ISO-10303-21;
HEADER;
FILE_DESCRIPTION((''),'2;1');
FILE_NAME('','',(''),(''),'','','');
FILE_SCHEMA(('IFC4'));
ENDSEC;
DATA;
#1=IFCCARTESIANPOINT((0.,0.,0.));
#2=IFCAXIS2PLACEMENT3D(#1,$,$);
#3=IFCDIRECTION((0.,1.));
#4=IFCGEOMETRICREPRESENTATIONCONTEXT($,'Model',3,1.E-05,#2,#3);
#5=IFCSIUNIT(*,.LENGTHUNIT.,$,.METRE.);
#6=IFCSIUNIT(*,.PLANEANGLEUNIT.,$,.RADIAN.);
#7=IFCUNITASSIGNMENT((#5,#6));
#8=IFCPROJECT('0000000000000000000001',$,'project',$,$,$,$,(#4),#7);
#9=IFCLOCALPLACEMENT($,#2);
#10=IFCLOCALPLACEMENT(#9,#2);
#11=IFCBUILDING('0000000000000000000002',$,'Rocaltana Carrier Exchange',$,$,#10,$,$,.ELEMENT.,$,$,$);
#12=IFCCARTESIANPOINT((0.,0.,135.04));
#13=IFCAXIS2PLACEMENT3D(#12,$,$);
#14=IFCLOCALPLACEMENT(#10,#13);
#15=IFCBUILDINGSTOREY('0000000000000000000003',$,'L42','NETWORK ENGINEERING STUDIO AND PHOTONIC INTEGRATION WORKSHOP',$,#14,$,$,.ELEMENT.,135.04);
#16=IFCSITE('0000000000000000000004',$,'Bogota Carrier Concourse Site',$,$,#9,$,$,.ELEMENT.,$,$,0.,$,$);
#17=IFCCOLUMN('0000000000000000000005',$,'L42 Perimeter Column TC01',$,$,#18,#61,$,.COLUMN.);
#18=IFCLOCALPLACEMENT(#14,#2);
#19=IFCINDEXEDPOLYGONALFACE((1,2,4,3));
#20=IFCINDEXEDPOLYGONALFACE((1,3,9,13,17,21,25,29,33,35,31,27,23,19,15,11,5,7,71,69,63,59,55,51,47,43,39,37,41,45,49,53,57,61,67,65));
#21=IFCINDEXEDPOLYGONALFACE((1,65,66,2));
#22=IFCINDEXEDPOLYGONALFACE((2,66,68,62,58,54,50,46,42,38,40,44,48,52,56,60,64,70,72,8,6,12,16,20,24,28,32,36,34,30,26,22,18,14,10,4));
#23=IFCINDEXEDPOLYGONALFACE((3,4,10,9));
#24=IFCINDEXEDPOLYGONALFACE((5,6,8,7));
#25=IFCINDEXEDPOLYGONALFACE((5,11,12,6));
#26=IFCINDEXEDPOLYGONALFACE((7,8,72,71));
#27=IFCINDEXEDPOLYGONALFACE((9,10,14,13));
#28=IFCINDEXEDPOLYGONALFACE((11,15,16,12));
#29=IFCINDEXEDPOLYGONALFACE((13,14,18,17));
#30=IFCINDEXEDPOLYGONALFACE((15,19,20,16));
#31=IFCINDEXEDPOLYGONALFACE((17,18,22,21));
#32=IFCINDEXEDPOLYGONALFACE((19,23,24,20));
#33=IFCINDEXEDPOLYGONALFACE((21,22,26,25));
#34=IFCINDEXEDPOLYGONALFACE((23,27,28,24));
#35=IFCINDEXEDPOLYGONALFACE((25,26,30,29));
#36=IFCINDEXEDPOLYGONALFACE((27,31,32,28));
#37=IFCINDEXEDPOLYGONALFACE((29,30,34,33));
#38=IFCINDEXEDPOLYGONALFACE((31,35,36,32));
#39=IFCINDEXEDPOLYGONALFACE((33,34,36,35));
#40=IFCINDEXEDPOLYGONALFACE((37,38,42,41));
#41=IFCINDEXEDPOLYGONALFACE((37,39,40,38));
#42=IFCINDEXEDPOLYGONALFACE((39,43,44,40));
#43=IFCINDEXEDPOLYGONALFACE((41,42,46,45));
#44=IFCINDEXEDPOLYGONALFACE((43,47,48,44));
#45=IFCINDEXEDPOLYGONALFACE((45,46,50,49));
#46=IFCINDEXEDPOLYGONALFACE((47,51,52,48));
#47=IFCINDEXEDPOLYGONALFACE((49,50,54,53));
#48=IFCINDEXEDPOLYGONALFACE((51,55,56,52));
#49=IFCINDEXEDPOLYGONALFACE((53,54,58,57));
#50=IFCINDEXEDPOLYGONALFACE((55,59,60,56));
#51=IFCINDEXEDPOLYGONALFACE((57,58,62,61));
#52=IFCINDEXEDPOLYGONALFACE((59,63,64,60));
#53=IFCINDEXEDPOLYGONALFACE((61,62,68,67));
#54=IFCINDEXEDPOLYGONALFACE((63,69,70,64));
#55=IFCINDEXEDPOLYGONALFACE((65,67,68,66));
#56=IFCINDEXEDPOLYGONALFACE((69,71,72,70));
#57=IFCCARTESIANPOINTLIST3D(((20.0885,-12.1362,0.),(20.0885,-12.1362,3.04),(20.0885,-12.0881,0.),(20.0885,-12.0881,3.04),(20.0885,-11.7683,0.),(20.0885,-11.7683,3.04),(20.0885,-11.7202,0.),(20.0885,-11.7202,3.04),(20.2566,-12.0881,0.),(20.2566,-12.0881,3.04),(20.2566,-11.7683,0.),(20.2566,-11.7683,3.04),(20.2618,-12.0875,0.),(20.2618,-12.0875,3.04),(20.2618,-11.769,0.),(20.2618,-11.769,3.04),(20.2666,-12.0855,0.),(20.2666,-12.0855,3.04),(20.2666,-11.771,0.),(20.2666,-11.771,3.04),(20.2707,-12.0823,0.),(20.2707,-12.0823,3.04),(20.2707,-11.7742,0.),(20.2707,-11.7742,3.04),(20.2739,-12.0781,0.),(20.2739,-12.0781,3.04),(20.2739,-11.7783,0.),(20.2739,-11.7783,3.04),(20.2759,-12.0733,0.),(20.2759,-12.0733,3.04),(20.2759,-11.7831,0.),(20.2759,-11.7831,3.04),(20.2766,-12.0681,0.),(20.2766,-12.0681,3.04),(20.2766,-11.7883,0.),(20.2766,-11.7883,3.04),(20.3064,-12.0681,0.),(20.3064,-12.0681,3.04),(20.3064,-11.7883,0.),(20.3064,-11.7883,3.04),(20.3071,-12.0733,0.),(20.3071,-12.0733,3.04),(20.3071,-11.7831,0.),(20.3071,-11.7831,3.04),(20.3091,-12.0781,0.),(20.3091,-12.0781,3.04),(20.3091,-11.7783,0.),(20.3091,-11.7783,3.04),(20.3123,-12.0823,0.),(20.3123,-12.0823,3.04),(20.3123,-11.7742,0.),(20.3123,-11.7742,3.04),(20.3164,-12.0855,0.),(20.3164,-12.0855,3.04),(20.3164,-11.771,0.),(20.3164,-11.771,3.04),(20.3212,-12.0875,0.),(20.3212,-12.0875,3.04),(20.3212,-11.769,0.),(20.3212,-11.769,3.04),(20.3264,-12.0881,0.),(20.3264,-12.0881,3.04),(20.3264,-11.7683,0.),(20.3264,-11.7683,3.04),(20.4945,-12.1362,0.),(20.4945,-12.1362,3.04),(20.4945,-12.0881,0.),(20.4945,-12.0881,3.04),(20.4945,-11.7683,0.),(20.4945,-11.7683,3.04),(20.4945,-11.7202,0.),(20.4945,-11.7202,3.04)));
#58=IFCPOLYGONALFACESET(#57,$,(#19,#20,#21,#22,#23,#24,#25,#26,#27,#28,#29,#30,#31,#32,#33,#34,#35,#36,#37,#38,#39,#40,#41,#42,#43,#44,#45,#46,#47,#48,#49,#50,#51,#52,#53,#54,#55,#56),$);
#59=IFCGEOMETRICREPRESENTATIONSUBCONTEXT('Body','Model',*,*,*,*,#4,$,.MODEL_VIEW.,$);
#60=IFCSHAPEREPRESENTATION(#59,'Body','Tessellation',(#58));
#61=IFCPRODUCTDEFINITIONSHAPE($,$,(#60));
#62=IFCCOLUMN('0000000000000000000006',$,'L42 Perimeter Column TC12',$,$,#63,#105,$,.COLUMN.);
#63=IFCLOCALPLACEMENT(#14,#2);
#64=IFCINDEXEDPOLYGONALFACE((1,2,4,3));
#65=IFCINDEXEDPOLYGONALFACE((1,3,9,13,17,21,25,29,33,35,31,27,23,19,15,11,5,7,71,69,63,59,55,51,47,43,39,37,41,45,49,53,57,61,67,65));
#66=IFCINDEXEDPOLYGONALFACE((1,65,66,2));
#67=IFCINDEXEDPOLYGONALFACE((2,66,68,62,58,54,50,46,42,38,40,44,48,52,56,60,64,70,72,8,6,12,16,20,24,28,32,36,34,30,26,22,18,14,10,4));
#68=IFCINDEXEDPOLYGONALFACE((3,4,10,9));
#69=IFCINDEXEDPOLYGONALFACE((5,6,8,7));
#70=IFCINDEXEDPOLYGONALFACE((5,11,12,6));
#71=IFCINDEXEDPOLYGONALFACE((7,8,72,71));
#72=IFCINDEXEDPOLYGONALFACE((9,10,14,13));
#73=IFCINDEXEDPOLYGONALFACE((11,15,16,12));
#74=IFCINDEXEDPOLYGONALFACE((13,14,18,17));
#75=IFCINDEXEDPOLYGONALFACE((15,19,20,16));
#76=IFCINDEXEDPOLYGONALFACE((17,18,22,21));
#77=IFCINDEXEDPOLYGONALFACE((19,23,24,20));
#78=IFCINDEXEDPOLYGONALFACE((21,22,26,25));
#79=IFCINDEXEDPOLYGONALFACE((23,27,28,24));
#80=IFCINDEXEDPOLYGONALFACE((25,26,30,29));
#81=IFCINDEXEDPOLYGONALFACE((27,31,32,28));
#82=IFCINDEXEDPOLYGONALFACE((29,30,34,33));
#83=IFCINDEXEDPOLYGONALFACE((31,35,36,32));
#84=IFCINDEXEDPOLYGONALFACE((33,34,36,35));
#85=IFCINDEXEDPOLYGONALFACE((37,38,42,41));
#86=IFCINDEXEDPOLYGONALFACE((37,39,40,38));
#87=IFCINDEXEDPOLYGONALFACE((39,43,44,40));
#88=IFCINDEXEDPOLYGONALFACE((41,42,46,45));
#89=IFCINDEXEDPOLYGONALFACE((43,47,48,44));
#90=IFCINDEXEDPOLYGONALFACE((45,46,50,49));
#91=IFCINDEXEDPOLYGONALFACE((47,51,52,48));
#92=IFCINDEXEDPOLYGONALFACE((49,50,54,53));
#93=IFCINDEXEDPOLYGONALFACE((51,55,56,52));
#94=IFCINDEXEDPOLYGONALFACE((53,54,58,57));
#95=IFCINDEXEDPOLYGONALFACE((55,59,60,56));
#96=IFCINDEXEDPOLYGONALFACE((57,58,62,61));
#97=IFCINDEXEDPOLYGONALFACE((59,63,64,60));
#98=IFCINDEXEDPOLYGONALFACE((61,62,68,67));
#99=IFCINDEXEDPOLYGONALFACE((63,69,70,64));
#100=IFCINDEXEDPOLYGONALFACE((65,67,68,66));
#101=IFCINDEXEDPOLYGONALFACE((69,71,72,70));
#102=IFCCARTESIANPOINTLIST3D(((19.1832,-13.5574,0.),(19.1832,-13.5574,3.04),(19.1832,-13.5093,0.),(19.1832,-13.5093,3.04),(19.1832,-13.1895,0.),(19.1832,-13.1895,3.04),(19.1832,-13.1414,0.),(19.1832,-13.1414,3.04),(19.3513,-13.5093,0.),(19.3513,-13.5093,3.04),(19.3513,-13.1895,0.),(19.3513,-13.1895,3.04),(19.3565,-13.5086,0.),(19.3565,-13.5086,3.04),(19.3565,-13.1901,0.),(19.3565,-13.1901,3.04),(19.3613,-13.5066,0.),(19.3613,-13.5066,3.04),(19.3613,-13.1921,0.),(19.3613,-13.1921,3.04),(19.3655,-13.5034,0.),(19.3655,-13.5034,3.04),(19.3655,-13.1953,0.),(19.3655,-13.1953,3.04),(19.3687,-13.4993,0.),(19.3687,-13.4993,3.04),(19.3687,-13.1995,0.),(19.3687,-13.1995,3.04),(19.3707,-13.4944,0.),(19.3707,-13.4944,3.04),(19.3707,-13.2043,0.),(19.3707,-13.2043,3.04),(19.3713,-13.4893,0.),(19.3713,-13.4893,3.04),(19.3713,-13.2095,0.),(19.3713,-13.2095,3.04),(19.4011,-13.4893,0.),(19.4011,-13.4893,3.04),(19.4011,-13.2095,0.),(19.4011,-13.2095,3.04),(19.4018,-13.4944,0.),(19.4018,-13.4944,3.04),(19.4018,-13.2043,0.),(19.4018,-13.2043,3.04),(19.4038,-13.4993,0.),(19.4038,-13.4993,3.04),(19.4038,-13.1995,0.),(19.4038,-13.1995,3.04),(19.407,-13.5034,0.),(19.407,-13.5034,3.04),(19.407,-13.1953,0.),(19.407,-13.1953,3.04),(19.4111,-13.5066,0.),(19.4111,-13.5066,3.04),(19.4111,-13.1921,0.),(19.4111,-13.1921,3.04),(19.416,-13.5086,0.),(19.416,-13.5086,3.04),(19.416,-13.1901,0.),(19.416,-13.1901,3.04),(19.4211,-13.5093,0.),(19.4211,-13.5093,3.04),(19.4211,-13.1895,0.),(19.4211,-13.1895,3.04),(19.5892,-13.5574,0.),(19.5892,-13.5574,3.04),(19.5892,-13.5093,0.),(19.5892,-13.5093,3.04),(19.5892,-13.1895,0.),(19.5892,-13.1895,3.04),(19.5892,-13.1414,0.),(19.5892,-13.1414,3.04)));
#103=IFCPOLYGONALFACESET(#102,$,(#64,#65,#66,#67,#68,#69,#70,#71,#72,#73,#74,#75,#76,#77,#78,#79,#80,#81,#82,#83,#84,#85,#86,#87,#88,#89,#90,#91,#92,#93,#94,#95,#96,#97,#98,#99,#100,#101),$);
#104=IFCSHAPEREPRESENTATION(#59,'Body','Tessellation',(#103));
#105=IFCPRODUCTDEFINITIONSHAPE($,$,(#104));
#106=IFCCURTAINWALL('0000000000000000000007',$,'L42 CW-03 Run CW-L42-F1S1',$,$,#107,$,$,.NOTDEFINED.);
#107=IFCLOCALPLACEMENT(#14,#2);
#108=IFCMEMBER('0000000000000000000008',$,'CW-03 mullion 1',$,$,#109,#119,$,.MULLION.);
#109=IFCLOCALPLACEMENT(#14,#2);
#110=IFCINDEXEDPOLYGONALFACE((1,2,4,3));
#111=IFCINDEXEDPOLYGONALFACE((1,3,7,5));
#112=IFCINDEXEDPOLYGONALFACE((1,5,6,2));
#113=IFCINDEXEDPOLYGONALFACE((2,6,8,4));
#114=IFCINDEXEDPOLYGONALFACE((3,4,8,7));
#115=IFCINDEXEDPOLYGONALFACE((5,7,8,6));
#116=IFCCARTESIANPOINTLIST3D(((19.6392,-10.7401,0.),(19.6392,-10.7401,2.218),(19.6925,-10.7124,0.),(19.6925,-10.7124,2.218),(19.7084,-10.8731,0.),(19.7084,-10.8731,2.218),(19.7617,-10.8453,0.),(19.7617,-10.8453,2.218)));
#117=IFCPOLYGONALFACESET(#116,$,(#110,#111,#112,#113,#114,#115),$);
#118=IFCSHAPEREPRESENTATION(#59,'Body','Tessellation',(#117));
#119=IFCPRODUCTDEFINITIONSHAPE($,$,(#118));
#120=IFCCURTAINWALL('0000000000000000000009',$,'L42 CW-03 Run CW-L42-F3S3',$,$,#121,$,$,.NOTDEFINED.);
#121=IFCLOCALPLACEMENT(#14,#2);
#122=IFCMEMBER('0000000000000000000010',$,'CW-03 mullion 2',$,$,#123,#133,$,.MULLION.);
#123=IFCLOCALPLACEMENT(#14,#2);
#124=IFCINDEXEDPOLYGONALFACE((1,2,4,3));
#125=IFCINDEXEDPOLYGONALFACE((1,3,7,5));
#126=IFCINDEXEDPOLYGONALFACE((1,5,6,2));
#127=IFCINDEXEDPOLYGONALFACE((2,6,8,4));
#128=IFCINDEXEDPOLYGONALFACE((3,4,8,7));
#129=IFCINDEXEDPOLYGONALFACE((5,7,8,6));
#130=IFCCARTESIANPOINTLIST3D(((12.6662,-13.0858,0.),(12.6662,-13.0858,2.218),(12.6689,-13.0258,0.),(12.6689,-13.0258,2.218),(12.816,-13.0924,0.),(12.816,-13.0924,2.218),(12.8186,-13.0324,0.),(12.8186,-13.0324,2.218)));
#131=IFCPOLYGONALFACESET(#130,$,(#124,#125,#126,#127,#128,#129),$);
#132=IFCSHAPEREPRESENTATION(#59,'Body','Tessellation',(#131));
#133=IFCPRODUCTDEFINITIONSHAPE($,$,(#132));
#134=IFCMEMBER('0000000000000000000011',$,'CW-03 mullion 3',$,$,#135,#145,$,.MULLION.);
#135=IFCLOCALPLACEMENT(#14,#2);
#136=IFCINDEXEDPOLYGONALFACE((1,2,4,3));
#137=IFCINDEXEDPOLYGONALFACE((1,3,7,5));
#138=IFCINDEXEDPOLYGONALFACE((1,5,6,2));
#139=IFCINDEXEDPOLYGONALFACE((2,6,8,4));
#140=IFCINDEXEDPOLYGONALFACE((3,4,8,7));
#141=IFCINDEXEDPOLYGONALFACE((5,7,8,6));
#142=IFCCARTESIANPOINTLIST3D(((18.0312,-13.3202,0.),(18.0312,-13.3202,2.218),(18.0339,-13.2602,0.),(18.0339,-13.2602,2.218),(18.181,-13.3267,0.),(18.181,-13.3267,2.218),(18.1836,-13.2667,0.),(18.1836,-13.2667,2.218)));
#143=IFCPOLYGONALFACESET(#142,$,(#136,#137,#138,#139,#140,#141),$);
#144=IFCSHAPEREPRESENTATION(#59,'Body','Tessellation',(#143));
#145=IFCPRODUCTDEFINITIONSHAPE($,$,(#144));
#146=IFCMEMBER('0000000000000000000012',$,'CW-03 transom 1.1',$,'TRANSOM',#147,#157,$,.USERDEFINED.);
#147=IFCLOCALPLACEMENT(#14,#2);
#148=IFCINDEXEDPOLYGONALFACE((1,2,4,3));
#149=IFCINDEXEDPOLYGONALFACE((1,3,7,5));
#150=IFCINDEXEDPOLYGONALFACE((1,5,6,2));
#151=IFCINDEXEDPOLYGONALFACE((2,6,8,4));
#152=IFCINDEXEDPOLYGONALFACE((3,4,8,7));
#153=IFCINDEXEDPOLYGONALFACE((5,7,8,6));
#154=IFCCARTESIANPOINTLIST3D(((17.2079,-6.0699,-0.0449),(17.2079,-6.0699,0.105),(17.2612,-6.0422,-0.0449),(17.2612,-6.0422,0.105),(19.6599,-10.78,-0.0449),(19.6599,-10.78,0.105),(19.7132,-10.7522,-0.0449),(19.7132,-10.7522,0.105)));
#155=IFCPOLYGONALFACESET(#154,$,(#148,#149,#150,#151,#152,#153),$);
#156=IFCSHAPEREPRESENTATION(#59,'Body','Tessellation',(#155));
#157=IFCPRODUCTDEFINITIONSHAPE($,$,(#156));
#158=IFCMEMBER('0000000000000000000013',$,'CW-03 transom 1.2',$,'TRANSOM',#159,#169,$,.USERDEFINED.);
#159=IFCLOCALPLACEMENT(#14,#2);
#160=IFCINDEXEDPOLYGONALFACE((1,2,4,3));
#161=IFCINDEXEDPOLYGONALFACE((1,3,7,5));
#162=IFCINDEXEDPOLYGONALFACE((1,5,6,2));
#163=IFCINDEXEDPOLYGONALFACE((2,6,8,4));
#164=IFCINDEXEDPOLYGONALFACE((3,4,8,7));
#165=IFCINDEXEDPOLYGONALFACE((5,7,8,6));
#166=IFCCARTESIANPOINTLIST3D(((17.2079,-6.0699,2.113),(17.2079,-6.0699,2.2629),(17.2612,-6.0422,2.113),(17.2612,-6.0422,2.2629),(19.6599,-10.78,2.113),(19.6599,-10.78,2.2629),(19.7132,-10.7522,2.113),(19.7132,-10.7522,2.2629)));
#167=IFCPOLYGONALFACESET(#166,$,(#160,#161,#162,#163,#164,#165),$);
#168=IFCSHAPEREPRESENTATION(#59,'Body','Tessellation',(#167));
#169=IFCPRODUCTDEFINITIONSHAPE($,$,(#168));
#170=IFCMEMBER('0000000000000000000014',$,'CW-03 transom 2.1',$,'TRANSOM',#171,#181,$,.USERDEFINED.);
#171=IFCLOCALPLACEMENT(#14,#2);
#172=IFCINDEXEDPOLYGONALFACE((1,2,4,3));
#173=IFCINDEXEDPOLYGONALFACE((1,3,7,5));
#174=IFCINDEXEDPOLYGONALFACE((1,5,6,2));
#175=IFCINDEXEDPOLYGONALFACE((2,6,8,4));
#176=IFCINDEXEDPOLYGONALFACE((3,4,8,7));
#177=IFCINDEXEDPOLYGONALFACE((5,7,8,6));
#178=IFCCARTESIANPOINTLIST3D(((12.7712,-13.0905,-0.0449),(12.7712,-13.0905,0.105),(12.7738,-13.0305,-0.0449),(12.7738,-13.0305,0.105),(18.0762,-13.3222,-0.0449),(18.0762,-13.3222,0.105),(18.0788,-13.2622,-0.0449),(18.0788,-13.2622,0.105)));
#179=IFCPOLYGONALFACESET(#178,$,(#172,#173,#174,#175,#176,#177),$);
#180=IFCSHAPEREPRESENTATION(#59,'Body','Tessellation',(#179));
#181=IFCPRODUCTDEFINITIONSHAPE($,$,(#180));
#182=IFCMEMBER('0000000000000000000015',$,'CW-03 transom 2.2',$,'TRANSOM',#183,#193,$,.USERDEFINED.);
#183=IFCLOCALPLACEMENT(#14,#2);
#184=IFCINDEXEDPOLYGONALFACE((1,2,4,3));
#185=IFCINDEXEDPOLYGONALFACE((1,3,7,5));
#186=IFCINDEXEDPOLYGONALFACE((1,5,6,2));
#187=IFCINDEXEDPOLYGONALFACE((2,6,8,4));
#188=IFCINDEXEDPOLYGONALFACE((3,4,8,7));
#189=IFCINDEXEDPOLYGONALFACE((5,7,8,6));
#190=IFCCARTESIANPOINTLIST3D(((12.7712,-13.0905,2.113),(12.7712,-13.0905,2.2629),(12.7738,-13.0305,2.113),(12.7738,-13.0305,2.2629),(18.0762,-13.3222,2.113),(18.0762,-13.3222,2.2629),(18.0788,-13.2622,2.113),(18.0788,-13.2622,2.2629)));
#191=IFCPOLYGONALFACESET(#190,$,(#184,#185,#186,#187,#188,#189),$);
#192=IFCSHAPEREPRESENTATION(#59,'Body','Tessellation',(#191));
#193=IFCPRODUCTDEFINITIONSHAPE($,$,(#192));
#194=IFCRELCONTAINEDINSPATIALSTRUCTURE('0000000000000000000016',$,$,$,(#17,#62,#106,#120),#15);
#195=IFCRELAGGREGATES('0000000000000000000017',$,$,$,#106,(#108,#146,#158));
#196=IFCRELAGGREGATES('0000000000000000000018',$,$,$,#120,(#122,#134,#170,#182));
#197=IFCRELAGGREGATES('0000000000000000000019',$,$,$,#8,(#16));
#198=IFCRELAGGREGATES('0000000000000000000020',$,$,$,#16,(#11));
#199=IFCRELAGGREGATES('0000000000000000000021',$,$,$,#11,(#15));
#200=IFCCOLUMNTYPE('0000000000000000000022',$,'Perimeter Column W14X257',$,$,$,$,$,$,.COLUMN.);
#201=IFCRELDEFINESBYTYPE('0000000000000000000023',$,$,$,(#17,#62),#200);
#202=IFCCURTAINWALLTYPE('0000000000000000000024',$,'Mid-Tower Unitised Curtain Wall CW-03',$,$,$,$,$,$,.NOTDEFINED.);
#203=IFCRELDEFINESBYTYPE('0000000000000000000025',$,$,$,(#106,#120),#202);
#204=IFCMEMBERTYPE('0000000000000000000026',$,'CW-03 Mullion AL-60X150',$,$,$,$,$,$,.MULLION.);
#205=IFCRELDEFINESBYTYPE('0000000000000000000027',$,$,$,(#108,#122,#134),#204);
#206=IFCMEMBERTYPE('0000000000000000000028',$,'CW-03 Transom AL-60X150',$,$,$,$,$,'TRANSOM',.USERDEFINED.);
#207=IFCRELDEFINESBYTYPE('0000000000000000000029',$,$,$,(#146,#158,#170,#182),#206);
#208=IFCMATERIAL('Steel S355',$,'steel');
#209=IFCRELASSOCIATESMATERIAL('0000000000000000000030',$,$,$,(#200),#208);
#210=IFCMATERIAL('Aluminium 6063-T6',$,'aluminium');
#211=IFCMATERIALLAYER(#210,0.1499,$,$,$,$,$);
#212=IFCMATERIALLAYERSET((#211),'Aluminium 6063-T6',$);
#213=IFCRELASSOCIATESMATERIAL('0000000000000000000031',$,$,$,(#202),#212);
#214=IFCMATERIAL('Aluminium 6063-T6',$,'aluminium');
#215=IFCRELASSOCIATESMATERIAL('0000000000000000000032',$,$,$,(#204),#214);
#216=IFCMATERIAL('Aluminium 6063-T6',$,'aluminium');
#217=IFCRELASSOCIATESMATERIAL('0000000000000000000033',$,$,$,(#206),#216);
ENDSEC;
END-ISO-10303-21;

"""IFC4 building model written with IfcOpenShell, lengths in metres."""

from ifc_helpers import new_model, si_unit, direction, frame, origin, origin_2d, place, context, subcontext, project, spatial, rectangle, i_section, extrude, material, layer, layer_set, material_profile, profile_set, type_object, element, aggregate, save


model = new_model("IFC4")

# Units and contexts
model_context = context("Model", 3, precision=1e-05, world=origin(), true_north=direction((0.0, 1.0)))
body_context = subcontext(model_context, "Body", "Model", "MODEL_VIEW")
ifc_project = project(units=[si_unit("LENGTHUNIT", "METRE"), si_unit("PLANEANGLEUNIT", "RADIAN")], contexts=[model_context])

# Site, building, storey
site_placement = place(None, origin())
site = spatial("IfcSite", under=ifc_project, at=site_placement, Name="Bogota Carrier Concourse Site", CompositionType="ELEMENT", RefElevation=0.0)
building_placement = place(site_placement, origin())
building = spatial("IfcBuilding", under=site, at=building_placement, Name="Rocaltana Carrier Exchange", CompositionType="ELEMENT")
storey_placement = place(building_placement, frame((0.0, 0.0, 135.04)))
storey = spatial("IfcBuildingStorey", under=building, at=storey_placement, Name="L42", Description="NETWORK ENGINEERING STUDIO AND PHOTONIC INTEGRATION WORKSHOP", CompositionType="ELEMENT", Elevation=135.04)

# Columns
ifc_material_1 = material(Name="Steel S355", Category="steel")
ifc_material_profile_1 = material_profile(ifc_material_1, i_section(OverallWidth=0.406, OverallDepth=0.416, WebThickness=0.0298, FlangeThickness=0.0481, FilletRadius=0.02, at=origin_2d()), Name="W14X257")
ifc_profile_set_1 = profile_set([ifc_material_profile_1], Name="Steel S355")
column_type = type_object("IfcColumnType", Name="Perimeter Column W14X257", PredefinedType="COLUMN", material=ifc_profile_set_1)
for number, where, z_axis, x_axis, name in (
    (1, (20.2915, -11.9282, 0.0), (0.0, 0.0, 1.0), (1.0, 0.0, 0.0), "L42 Perimeter Column TC01"),
    (2, (19.3862, -13.3494, 0.0), (0.0, 0.0, 1.0), (1.0, 0.0, 0.0), "L42 Perimeter Column TC12"),
):
    element("IfcColumn", number, at=place(storey_placement, frame(where, z_axis=z_axis, x_axis=x_axis)), inside=storey, type_object=column_type, Name=name, PredefinedType="COLUMN", context=body_context, shape_type="SweptSolid", body=[
        extrude(i_section(OverallWidth=0.406, OverallDepth=0.416, WebThickness=0.0298, FlangeThickness=0.0481, FilletRadius=0.02, at=origin_2d()), origin(), (0.0, 0.0, 1.0), 3.04),
    ])

# Curtain wall, member
ifc_material_2 = material(Name="Aluminium 6063-T6", Category="aluminium")
ifc_layer_1 = layer(ifc_material_2, 0.1499)
ifc_layer_set_1 = layer_set([ifc_layer_1], Name="Aluminium 6063-T6")
curtain_wall_type = type_object("IfcCurtainWallType", Name="Mid-Tower Unitised Curtain Wall CW-03", PredefinedType="NOTDEFINED", material=ifc_layer_set_1)
curtain_wall_1_placement = place(storey_placement, origin())
curtain_wall_1 = element("IfcCurtainWall", 3, at=curtain_wall_1_placement, inside=storey, type_object=curtain_wall_type, Name="L42 CW-03 Run CW-L42-F1S1", PredefinedType="NOTDEFINED")
ifc_material_3 = material(Name="Aluminium 6063-T6", Category="aluminium")
ifc_material_profile_2 = material_profile(ifc_material_3, rectangle(XDim=0.0601, YDim=0.1499, at=origin_2d()), Name="AL-60X150")
ifc_profile_set_2 = profile_set([ifc_material_profile_2], Name="Aluminium 6063-T6")
member_type_1 = type_object("IfcMemberType", Name="CW-03 Mullion AL-60X150", PredefinedType="MULLION", material=ifc_profile_set_2)
member_1_placement = place(storey_placement, frame((19.7004, -10.7927, 0.0), z_axis=(0.0, 0.0, 1.0), x_axis=(-0.88701, -0.46175, 0.0)))
member_1 = element("IfcMember", 4, at=member_1_placement, type_object=member_type_1, Name="CW-03 mullion 1", PredefinedType="MULLION", context=body_context, shape_type="SweptSolid", body=[
    extrude(rectangle(XDim=0.0601, YDim=0.1499, at=origin_2d()), origin(), (0.0, 0.0, 1.0), 2.218),
])

# Curtain wall, members
curtain_wall_2_placement = place(storey_placement, origin())
curtain_wall_2 = element("IfcCurtainWall", 5, at=curtain_wall_2_placement, inside=storey, type_object=curtain_wall_type, Name="L42 CW-03 Run CW-L42-F3S3", PredefinedType="NOTDEFINED")
member_2_placement = place(storey_placement, frame((12.7424, -13.0591, 0.0), z_axis=(0.0, 0.0, 1.0), x_axis=(0.043629, 0.999048, 0.0)))
member_2 = element("IfcMember", 6, at=member_2_placement, type_object=member_type_1, Name="CW-03 mullion 2", PredefinedType="MULLION", context=body_context, shape_type="SweptSolid", body=[
    extrude(rectangle(XDim=0.0601, YDim=0.1499, at=origin_2d()), origin(), (0.0, 0.0, 1.0), 2.218),
])
member_3_placement = place(storey_placement, frame((18.1074, -13.2935, 0.0), z_axis=(0.0, 0.0, 1.0), x_axis=(0.043629, 0.999048, 0.0)))
member_3 = element("IfcMember", 7, at=member_3_placement, type_object=member_type_1, Name="CW-03 mullion 3", PredefinedType="MULLION", context=body_context, shape_type="SweptSolid", body=[
    extrude(rectangle(XDim=0.0601, YDim=0.1499, at=origin_2d()), origin(), (0.0, 0.0, 1.0), 2.218),
])

# Members
ifc_material_4 = material(Name="Aluminium 6063-T6", Category="aluminium")
ifc_material_profile_3 = material_profile(ifc_material_4, rectangle(XDim=0.0601, YDim=0.1499, at=origin_2d()), Name="AL-60X150")
ifc_profile_set_3 = profile_set([ifc_material_profile_3], Name="Aluminium 6063-T6")
member_type_2 = type_object("IfcMemberType", Name="CW-03 Transom AL-60X150", ElementType="TRANSOM", PredefinedType="USERDEFINED", material=ifc_profile_set_3)
member_4_placement = place(storey_placement, frame((19.6865, -10.7661, 0.03), z_axis=(-0.461757, 0.887007, 0.0), x_axis=(-0.887007, -0.461757, 0.0)))
member_4 = element("IfcMember", 8, at=member_4_placement, type_object=member_type_2, Name="CW-03 transom 1.1", ObjectType="TRANSOM", PredefinedType="USERDEFINED", context=body_context, shape_type="SweptSolid", body=[
    extrude(rectangle(XDim=0.0601, YDim=0.1499, at=origin_2d()), origin(), (0.0, 0.0, 1.0), 5.3101),
])
member_5_placement = place(storey_placement, frame((19.6865, -10.7661, 2.188), z_axis=(-0.461757, 0.887007, 0.0), x_axis=(-0.887007, -0.461757, 0.0)))
member_5 = element("IfcMember", 9, at=member_5_placement, type_object=member_type_2, Name="CW-03 transom 1.2", ObjectType="TRANSOM", PredefinedType="USERDEFINED", context=body_context, shape_type="SweptSolid", body=[
    extrude(rectangle(XDim=0.0601, YDim=0.1499, at=origin_2d()), origin(), (0.0, 0.0, 1.0), 5.3101),
])
aggregate(curtain_wall_1, [member_1, member_4, member_5])
member_6_placement = place(storey_placement, frame((12.7725, -13.0605, 0.03), z_axis=(0.999048, -0.043633, 0.0), x_axis=(0.043633, 0.999048, 0.0)))
member_6 = element("IfcMember", 10, at=member_6_placement, type_object=member_type_2, Name="CW-03 transom 2.1", ObjectType="TRANSOM", PredefinedType="USERDEFINED", context=body_context, shape_type="SweptSolid", body=[
    extrude(rectangle(XDim=0.0601, YDim=0.1499, at=origin_2d()), origin(), (0.0, 0.0, 1.0), 5.3101),
])
member_7_placement = place(storey_placement, frame((12.7725, -13.0605, 2.188), z_axis=(0.999048, -0.043633, 0.0), x_axis=(0.043633, 0.999048, 0.0)))
member_7 = element("IfcMember", 11, at=member_7_placement, type_object=member_type_2, Name="CW-03 transom 2.2", ObjectType="TRANSOM", PredefinedType="USERDEFINED", context=body_context, shape_type="SweptSolid", body=[
    extrude(rectangle(XDim=0.0601, YDim=0.1499, at=origin_2d()), origin(), (0.0, 0.0, 1.0), 5.3101),
])

aggregate(curtain_wall_2, [member_2, member_3, member_6, member_7])

save(model, "model.ifc")
